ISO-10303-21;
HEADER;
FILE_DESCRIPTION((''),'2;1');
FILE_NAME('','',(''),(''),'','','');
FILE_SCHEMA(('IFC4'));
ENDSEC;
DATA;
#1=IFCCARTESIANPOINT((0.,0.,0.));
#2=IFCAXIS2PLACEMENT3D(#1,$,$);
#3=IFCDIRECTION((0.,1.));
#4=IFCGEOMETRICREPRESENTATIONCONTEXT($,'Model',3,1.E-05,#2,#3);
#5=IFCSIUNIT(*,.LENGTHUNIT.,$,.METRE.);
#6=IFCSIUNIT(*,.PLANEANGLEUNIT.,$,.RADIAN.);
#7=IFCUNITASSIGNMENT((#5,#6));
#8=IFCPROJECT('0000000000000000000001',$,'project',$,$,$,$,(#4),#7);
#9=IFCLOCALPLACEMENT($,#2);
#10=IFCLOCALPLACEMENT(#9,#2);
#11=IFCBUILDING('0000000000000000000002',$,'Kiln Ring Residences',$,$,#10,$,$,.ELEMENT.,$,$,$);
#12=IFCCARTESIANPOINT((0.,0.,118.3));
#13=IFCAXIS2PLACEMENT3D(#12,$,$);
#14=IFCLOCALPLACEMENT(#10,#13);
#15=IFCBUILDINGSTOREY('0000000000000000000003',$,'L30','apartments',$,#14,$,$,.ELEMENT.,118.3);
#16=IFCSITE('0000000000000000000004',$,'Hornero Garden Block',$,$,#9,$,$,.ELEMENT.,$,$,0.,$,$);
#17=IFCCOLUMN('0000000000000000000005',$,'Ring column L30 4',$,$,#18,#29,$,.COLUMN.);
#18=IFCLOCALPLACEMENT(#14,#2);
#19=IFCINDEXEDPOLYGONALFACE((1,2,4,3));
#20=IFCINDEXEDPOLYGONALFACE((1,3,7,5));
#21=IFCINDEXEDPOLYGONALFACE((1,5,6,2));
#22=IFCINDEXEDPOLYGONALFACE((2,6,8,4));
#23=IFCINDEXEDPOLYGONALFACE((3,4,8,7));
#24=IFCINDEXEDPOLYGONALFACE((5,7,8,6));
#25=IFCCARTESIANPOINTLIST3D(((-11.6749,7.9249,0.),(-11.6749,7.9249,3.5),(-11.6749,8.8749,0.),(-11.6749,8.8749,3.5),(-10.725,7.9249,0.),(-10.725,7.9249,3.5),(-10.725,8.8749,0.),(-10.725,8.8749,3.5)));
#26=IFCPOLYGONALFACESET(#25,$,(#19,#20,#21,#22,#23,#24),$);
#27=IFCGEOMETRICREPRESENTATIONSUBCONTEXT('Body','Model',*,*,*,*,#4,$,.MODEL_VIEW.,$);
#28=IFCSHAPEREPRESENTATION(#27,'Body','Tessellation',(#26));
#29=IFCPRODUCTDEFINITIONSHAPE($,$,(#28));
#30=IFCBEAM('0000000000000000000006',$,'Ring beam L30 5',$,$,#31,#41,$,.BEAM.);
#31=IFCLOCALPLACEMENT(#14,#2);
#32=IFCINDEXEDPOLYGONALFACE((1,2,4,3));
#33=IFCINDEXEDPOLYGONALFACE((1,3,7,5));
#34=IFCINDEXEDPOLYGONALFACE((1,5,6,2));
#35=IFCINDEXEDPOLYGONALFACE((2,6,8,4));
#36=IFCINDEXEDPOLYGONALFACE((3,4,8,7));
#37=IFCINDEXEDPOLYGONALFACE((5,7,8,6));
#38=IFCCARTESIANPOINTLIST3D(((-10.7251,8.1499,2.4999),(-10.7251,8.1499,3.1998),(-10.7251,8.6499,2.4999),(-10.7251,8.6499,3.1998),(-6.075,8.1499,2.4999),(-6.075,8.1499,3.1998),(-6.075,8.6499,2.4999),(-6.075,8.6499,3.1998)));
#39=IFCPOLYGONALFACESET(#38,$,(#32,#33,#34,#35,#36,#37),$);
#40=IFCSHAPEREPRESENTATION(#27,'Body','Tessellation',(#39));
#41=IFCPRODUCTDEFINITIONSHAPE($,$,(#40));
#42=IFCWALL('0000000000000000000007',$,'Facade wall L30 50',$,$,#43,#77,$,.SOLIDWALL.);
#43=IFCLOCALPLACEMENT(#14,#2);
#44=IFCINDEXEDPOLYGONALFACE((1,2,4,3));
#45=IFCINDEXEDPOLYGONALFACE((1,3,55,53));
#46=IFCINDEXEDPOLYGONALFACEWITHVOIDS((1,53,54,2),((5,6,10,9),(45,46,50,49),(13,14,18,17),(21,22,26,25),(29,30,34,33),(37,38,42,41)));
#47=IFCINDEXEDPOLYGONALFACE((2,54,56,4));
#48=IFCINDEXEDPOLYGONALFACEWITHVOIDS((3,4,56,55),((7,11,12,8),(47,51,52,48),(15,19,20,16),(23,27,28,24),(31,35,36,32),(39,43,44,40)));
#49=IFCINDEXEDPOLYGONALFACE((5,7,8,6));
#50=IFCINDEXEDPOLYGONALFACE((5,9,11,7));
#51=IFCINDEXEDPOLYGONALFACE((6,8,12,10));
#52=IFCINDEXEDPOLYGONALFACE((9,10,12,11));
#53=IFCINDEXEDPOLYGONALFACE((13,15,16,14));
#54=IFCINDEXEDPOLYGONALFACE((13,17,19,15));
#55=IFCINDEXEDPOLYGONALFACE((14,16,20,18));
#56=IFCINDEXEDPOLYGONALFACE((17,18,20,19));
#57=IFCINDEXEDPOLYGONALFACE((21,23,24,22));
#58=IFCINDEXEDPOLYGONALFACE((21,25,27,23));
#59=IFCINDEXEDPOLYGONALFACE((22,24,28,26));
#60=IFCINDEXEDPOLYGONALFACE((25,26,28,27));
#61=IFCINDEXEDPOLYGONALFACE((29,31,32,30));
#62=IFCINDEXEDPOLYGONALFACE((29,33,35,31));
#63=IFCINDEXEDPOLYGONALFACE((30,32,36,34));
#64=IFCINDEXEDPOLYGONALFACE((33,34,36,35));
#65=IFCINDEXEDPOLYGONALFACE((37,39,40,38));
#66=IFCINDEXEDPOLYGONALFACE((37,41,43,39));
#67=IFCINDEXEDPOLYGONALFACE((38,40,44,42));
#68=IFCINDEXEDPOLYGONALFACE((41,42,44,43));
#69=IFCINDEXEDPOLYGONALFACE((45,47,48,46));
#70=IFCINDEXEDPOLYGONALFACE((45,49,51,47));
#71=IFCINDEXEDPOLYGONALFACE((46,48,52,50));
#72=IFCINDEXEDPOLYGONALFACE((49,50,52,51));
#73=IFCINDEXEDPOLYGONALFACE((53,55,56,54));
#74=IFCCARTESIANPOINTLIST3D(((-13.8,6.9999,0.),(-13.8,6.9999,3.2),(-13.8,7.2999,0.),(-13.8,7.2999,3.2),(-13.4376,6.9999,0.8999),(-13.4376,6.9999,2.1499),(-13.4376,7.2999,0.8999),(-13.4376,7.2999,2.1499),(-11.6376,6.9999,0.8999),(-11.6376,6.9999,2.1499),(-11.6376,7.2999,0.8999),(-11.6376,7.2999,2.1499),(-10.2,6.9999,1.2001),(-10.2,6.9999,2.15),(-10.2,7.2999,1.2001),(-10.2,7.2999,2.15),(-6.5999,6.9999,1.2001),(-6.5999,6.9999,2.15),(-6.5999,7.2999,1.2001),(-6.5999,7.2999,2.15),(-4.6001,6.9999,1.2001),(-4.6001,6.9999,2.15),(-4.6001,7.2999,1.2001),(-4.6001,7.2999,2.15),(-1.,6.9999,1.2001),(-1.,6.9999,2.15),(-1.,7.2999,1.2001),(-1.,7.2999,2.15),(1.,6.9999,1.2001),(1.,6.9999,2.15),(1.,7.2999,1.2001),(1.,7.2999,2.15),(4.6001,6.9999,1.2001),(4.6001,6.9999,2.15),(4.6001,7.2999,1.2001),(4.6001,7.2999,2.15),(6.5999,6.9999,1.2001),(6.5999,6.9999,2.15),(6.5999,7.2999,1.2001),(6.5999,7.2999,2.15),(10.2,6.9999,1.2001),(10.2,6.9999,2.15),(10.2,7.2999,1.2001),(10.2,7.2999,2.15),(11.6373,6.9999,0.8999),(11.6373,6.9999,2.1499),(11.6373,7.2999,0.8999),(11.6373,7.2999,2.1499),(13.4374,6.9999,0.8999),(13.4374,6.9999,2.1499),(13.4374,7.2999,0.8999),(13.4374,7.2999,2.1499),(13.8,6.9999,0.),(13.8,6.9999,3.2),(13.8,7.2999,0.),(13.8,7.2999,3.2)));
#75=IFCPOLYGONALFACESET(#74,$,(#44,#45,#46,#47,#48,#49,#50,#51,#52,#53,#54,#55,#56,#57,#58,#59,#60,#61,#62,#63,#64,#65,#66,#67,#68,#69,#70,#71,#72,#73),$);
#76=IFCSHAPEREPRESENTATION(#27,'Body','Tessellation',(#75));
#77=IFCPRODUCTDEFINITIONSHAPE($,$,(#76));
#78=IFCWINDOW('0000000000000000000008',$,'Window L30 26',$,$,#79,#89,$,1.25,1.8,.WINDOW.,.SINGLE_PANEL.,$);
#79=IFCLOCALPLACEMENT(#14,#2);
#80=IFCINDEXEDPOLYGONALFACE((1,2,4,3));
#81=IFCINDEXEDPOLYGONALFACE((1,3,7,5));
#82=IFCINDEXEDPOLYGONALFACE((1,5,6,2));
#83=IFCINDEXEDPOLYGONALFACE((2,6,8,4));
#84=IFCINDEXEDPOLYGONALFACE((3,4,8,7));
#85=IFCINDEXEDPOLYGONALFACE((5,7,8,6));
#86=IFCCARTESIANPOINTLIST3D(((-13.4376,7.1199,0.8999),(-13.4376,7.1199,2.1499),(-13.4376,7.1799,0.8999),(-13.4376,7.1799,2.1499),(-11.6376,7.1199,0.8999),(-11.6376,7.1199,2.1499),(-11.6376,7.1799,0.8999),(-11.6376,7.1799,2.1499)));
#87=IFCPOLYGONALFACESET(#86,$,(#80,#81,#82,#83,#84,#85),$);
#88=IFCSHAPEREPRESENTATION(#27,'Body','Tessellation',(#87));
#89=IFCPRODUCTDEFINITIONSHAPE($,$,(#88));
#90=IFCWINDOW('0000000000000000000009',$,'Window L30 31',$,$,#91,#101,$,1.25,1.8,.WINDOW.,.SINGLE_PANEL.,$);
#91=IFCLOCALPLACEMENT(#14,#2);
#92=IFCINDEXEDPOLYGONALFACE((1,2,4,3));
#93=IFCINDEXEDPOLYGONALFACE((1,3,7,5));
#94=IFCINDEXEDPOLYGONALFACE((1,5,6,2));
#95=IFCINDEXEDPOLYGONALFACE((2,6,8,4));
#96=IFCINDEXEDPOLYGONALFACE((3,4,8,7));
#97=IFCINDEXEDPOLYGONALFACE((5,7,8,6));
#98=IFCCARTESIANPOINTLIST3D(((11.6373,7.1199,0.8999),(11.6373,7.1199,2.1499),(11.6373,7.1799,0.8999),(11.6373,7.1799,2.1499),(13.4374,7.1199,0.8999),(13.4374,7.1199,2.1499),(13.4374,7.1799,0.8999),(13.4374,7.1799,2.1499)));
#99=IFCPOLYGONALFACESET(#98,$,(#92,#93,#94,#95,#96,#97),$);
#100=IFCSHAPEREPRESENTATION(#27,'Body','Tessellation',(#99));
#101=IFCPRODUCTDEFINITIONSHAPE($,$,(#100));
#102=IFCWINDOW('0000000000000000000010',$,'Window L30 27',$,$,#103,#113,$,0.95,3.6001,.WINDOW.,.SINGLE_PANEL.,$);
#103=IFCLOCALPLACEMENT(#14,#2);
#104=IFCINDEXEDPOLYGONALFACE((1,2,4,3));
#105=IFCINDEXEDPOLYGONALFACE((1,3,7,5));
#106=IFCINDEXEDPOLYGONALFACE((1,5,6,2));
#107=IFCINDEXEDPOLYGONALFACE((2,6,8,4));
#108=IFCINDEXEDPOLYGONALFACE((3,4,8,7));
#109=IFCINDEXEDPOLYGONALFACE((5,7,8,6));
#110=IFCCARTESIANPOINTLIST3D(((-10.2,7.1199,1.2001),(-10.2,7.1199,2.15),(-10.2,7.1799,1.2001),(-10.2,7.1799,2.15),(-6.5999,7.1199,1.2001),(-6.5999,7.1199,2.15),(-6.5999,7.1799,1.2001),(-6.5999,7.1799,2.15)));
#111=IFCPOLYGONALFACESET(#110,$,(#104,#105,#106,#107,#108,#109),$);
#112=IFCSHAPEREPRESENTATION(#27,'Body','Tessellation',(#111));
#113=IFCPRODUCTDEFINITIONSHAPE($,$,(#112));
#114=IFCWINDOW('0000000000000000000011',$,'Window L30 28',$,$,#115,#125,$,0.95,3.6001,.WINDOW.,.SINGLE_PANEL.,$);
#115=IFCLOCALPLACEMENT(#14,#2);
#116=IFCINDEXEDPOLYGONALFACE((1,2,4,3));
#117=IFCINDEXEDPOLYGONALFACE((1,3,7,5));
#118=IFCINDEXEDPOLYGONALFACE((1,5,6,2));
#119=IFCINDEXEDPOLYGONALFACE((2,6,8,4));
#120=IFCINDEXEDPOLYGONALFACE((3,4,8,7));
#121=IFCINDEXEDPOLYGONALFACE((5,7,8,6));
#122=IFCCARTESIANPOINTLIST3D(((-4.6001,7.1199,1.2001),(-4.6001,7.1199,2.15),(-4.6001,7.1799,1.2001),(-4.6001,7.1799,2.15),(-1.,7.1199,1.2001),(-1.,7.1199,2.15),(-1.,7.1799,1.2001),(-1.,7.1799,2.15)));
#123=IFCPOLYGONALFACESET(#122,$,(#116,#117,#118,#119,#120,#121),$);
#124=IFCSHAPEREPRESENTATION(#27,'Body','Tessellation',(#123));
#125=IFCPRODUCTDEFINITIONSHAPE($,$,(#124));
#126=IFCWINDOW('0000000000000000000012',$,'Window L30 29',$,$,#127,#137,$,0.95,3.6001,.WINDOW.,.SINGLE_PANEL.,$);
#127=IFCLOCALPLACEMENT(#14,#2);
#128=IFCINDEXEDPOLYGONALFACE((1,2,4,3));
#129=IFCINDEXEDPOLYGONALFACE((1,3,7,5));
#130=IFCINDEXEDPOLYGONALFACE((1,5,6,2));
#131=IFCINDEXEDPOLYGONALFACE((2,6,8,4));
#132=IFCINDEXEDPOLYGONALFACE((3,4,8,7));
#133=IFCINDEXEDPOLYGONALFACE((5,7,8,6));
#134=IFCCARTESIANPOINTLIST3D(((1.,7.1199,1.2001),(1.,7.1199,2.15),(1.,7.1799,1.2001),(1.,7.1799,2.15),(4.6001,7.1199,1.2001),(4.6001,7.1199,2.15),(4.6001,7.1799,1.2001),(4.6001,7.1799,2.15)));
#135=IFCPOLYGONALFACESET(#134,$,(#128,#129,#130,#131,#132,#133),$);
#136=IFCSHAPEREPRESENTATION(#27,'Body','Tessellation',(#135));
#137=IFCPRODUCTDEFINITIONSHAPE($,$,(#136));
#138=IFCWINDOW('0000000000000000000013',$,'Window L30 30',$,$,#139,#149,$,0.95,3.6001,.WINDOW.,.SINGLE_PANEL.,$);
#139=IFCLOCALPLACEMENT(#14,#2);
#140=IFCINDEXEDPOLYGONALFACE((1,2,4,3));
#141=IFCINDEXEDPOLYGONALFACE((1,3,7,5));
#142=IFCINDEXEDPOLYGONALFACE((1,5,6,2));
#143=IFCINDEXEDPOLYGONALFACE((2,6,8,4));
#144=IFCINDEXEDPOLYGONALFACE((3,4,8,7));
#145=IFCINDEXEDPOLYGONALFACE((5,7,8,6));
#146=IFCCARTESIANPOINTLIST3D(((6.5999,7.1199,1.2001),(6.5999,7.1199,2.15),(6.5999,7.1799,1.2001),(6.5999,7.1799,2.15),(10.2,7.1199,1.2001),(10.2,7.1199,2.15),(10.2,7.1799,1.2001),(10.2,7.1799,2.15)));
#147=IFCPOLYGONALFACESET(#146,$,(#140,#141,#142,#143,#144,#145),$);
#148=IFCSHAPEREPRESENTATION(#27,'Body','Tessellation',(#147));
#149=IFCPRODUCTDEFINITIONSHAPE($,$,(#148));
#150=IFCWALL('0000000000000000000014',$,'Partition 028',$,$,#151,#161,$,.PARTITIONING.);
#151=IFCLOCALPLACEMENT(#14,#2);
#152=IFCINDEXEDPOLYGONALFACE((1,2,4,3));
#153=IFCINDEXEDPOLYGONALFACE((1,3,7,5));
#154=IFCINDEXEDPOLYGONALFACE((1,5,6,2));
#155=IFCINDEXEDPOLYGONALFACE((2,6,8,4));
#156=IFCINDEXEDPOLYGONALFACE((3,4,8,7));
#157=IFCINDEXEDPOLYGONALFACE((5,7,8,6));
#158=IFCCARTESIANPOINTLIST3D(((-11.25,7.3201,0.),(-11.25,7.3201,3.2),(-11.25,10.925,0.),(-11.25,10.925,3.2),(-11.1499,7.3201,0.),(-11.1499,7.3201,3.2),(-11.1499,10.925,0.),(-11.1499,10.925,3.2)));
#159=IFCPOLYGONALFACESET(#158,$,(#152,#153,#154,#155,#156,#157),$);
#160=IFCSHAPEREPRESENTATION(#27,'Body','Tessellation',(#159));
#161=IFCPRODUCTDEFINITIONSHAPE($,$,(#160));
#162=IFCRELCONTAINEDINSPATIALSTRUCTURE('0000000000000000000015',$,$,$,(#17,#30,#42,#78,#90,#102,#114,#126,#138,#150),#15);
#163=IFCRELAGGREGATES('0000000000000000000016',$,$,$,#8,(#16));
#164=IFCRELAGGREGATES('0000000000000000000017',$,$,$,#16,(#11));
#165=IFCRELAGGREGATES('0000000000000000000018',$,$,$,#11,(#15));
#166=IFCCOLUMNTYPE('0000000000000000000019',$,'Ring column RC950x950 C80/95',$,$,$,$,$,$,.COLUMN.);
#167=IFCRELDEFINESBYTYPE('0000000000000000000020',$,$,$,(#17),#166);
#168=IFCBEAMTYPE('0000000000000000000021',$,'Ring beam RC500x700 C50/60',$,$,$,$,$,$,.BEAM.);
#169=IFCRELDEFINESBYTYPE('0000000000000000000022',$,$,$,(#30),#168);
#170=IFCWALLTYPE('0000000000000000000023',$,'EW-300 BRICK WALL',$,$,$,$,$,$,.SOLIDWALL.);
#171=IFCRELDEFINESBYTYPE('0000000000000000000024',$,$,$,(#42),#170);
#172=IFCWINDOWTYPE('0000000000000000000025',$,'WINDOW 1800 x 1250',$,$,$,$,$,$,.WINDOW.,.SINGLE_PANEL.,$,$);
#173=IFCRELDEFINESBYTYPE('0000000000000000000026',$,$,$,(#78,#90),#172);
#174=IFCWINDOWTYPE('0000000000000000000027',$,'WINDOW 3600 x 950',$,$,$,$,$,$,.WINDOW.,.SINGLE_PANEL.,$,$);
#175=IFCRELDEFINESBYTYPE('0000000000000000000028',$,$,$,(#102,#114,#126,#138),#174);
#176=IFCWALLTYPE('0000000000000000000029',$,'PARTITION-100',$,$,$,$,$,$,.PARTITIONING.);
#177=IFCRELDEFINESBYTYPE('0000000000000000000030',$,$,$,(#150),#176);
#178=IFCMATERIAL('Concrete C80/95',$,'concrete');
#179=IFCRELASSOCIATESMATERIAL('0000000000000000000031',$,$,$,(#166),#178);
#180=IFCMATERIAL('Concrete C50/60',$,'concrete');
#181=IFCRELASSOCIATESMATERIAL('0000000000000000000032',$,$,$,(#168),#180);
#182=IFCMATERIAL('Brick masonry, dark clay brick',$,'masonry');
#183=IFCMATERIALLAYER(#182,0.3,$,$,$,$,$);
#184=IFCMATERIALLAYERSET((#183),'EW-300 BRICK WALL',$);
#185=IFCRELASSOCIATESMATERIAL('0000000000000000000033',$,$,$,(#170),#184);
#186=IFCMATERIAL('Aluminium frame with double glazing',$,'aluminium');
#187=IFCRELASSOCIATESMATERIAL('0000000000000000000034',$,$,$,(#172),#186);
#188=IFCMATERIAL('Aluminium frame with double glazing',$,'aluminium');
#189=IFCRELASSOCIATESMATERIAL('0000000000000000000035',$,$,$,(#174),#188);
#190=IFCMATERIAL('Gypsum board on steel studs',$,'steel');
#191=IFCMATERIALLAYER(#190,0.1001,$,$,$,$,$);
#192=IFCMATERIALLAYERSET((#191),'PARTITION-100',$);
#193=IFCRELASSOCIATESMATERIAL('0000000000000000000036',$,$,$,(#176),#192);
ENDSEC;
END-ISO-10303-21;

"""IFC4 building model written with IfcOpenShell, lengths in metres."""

from ifc_helpers import new_model, si_unit, direction, frame, frame_2d, origin, origin_2d, place, context, subcontext, project, spatial, rectangle, extrude, material, layer, layer_set, material_profile, profile_set, type_object, element, fill, save


model = new_model("IFC4")

# Units and contexts
model_context = context("Model", 3, precision=1e-05, world=origin(), true_north=direction((0.0, 1.0)))
body_context = subcontext(model_context, "Body", "Model", "MODEL_VIEW")
ifc_project = project(units=[si_unit("LENGTHUNIT", "METRE"), si_unit("PLANEANGLEUNIT", "RADIAN")], contexts=[model_context])

# Site, building, storey
site_placement = place(None, origin())
site = spatial("IfcSite", under=ifc_project, at=site_placement, Name="Hornero Garden Block", CompositionType="ELEMENT", RefElevation=0.0)
building_placement = place(site_placement, origin())
building = spatial("IfcBuilding", under=site, at=building_placement, Name="Kiln Ring Residences", CompositionType="ELEMENT")
storey_placement = place(building_placement, frame((0.0, 0.0, 118.3)))
storey = spatial("IfcBuildingStorey", under=building, at=storey_placement, Name="L30", Description="apartments", CompositionType="ELEMENT", Elevation=118.3)

# Column
ifc_material_1 = material(Name="Concrete C80/95", Category="concrete")
ifc_material_profile_1 = material_profile(ifc_material_1, rectangle(XDim=0.95, YDim=0.95, at=origin_2d()), Name="RC950x950")
ifc_profile_set_1 = profile_set([ifc_material_profile_1], Name="Concrete C80/95")
column_type = type_object("IfcColumnType", Name="Ring column RC950x950 C80/95", PredefinedType="COLUMN", material=ifc_profile_set_1)
column_placement = place(storey_placement, frame((-11.2, 8.3999, 0.0), z_axis=(0.0, 0.0, 1.0), x_axis=(1.0, 0.0, 0.0)))
element("IfcColumn", 1, at=column_placement, inside=storey, type_object=column_type, Name="Ring column L30 4", PredefinedType="COLUMN", context=body_context, shape_type="SweptSolid", body=[
    extrude(rectangle(XDim=0.95, YDim=0.95, at=origin_2d()), origin(), (0.0, 0.0, 1.0), 3.5),
])

# Beam
ifc_material_2 = material(Name="Concrete C50/60", Category="concrete")
ifc_material_profile_2 = material_profile(ifc_material_2, rectangle(XDim=0.5, YDim=0.7, at=origin_2d()), Name="RC500x700")
ifc_profile_set_2 = profile_set([ifc_material_profile_2], Name="Concrete C50/60")
beam_type = type_object("IfcBeamType", Name="Ring beam RC500x700 C50/60", PredefinedType="BEAM", material=ifc_profile_set_2)
beam_placement = place(storey_placement, frame((-10.7251, 8.3999, 2.8499), z_axis=(1.0, 0.0, 0.0), x_axis=(0.0, 1.0, 0.0)))
element("IfcBeam", 2, at=beam_placement, inside=storey, type_object=beam_type, Name="Ring beam L30 5", PredefinedType="BEAM", context=body_context, shape_type="SweptSolid", body=[
    extrude(rectangle(XDim=0.5, YDim=0.7, at=origin_2d()), origin(), (0.0, 0.0, 1.0), 4.6501),
])

# Wall, openings, windows
ifc_material_3 = material(Name="Brick masonry, dark clay brick", Category="masonry")
ifc_layer_1 = layer(ifc_material_3, 0.3)
ifc_layer_set_1 = layer_set([ifc_layer_1], Name="EW-300 BRICK WALL")
wall_type_1 = type_object("IfcWallType", Name="EW-300 BRICK WALL", PredefinedType="SOLIDWALL", material=ifc_layer_set_1)
wall_1_placement = place(storey_placement, frame((-13.8, 7.1499, 0.0), z_axis=(0.0, 0.0, 1.0), x_axis=(1.0, 0.0, 0.0)))
wall_1 = element("IfcWall", 3, at=wall_1_placement, inside=storey, type_object=wall_type_1, Name="Facade wall L30 50", PredefinedType="SOLIDWALL", context=body_context, shape_type="SweptSolid", body=[
    extrude(rectangle(XDim=27.6001, YDim=0.3, at=frame_2d((13.8, 0.0))), origin(), (0.0, 0.0, 1.0), 3.2),
])
opening_1_placement = place(wall_1_placement, frame((0.3625, 0.0, 0.8999)))
opening_1 = element("IfcOpeningElement", 4, at=opening_1_placement, cuts=wall_1, PredefinedType="OPENING", context=body_context, shape_type="SweptSolid", body=[
    extrude(rectangle(XDim=1.8, YDim=1.25, at=frame_2d((0.8999, 0.625))), frame((0.0, 0.1599, 0.0), z_axis=(0.0, -1.0, 0.0), x_axis=(1.0, 0.0, 0.0)), (0.0, 0.0, 1.0), 0.3201),
])
opening_2_placement = place(wall_1_placement, frame((3.6001, 0.0, 1.2)))
opening_2 = element("IfcOpeningElement", 5, at=opening_2_placement, cuts=wall_1, PredefinedType="OPENING", context=body_context, shape_type="SweptSolid", body=[
    extrude(rectangle(XDim=3.6001, YDim=0.95, at=frame_2d((1.8, 0.4751))), frame((0.0, 0.1599, 0.0), z_axis=(0.0, -1.0, 0.0), x_axis=(1.0, 0.0, 0.0)), (0.0, 0.0, 1.0), 0.3201),
])
opening_3_placement = place(wall_1_placement, frame((9.2, 0.0, 1.2)))
opening_3 = element("IfcOpeningElement", 6, at=opening_3_placement, cuts=wall_1, PredefinedType="OPENING", context=body_context, shape_type="SweptSolid", body=[
    extrude(rectangle(XDim=3.6001, YDim=0.95, at=frame_2d((1.8, 0.4751))), frame((0.0, 0.1599, 0.0), z_axis=(0.0, -1.0, 0.0), x_axis=(1.0, 0.0, 0.0)), (0.0, 0.0, 1.0), 0.3201),
])
opening_4_placement = place(wall_1_placement, frame((14.8, 0.0, 1.2)))
opening_4 = element("IfcOpeningElement", 7, at=opening_4_placement, cuts=wall_1, PredefinedType="OPENING", context=body_context, shape_type="SweptSolid", body=[
    extrude(rectangle(XDim=3.6001, YDim=0.95, at=frame_2d((1.8, 0.4751))), frame((0.0, 0.1599, 0.0), z_axis=(0.0, -1.0, 0.0), x_axis=(1.0, 0.0, 0.0)), (0.0, 0.0, 1.0), 0.3201),
])
opening_5_placement = place(wall_1_placement, frame((20.3999, 0.0, 1.2)))
opening_5 = element("IfcOpeningElement", 8, at=opening_5_placement, cuts=wall_1, PredefinedType="OPENING", context=body_context, shape_type="SweptSolid", body=[
    extrude(rectangle(XDim=3.6001, YDim=0.95, at=frame_2d((1.8, 0.4751))), frame((0.0, 0.1599, 0.0), z_axis=(0.0, -1.0, 0.0), x_axis=(1.0, 0.0, 0.0)), (0.0, 0.0, 1.0), 0.3201),
])
opening_6_placement = place(wall_1_placement, frame((25.4375, 0.0, 0.8999)))
opening_6 = element("IfcOpeningElement", 9, at=opening_6_placement, cuts=wall_1, PredefinedType="OPENING", context=body_context, shape_type="SweptSolid", body=[
    extrude(rectangle(XDim=1.8, YDim=1.25, at=frame_2d((0.8999, 0.625))), frame((0.0, 0.1599, 0.0), z_axis=(0.0, -1.0, 0.0), x_axis=(1.0, 0.0, 0.0)), (0.0, 0.0, 1.0), 0.3201),
])
ifc_material_4 = material(Name="Aluminium frame with double glazing", Category="aluminium")
window_type_1 = type_object("IfcWindowType", Name="WINDOW 1800 x 1250", PartitioningType="SINGLE_PANEL", PredefinedType="WINDOW", material=ifc_material_4)
window_1_placement = place(opening_1_placement, origin())
window_1 = element("IfcWindow", 10, at=window_1_placement, inside=storey, type_object=window_type_1, Name="Window L30 26", OverallHeight=1.25, OverallWidth=1.8, PartitioningType="SINGLE_PANEL", PredefinedType="WINDOW", context=body_context, shape_type="SweptSolid", body=[
    extrude(rectangle(XDim=1.8, YDim=1.25, at=frame_2d((0.8999, 0.625))), frame((0.0, 0.03, 0.0), z_axis=(0.0, -1.0, 0.0), x_axis=(1.0, 0.0, 0.0)), (0.0, 0.0, 1.0), 0.0601),
])
fill(opening_1, window_1)
window_2_placement = place(opening_6_placement, origin())
window_2 = element("IfcWindow", 11, at=window_2_placement, inside=storey, type_object=window_type_1, Name="Window L30 31", OverallHeight=1.25, OverallWidth=1.8, PartitioningType="SINGLE_PANEL", PredefinedType="WINDOW", context=body_context, shape_type="SweptSolid", body=[
    extrude(rectangle(XDim=1.8, YDim=1.25, at=frame_2d((0.8999, 0.625))), frame((0.0, 0.03, 0.0), z_axis=(0.0, -1.0, 0.0), x_axis=(1.0, 0.0, 0.0)), (0.0, 0.0, 1.0), 0.0601),
])
fill(opening_6, window_2)
ifc_material_5 = material(Name="Aluminium frame with double glazing", Category="aluminium")
window_type_2 = type_object("IfcWindowType", Name="WINDOW 3600 x 950", PartitioningType="SINGLE_PANEL", PredefinedType="WINDOW", material=ifc_material_5)
window_3_placement = place(opening_2_placement, origin())
window_3 = element("IfcWindow", 12, at=window_3_placement, inside=storey, type_object=window_type_2, Name="Window L30 27", OverallHeight=0.95, OverallWidth=3.6001, PartitioningType="SINGLE_PANEL", PredefinedType="WINDOW", context=body_context, shape_type="SweptSolid", body=[
    extrude(rectangle(XDim=3.6001, YDim=0.95, at=frame_2d((1.8, 0.4751))), frame((0.0, 0.03, 0.0), z_axis=(0.0, -1.0, 0.0), x_axis=(1.0, 0.0, 0.0)), (0.0, 0.0, 1.0), 0.0601),
])
fill(opening_2, window_3)
window_4_placement = place(opening_3_placement, origin())
window_4 = element("IfcWindow", 13, at=window_4_placement, inside=storey, type_object=window_type_2, Name="Window L30 28", OverallHeight=0.95, OverallWidth=3.6001, PartitioningType="SINGLE_PANEL", PredefinedType="WINDOW", context=body_context, shape_type="SweptSolid", body=[
    extrude(rectangle(XDim=3.6001, YDim=0.95, at=frame_2d((1.8, 0.4751))), frame((0.0, 0.03, 0.0), z_axis=(0.0, -1.0, 0.0), x_axis=(1.0, 0.0, 0.0)), (0.0, 0.0, 1.0), 0.0601),
])
fill(opening_3, window_4)
window_5_placement = place(opening_4_placement, origin())
window_5 = element("IfcWindow", 14, at=window_5_placement, inside=storey, type_object=window_type_2, Name="Window L30 29", OverallHeight=0.95, OverallWidth=3.6001, PartitioningType="SINGLE_PANEL", PredefinedType="WINDOW", context=body_context, shape_type="SweptSolid", body=[
    extrude(rectangle(XDim=3.6001, YDim=0.95, at=frame_2d((1.8, 0.4751))), frame((0.0, 0.03, 0.0), z_axis=(0.0, -1.0, 0.0), x_axis=(1.0, 0.0, 0.0)), (0.0, 0.0, 1.0), 0.0601),
])
fill(opening_4, window_5)
window_6_placement = place(opening_5_placement, origin())
window_6 = element("IfcWindow", 15, at=window_6_placement, inside=storey, type_object=window_type_2, Name="Window L30 30", OverallHeight=0.95, OverallWidth=3.6001, PartitioningType="SINGLE_PANEL", PredefinedType="WINDOW", context=body_context, shape_type="SweptSolid", body=[
    extrude(rectangle(XDim=3.6001, YDim=0.95, at=frame_2d((1.8, 0.4751))), frame((0.0, 0.03, 0.0), z_axis=(0.0, -1.0, 0.0), x_axis=(1.0, 0.0, 0.0)), (0.0, 0.0, 1.0), 0.0601),
])
fill(opening_5, window_6)

# Wall
ifc_material_6 = material(Name="Gypsum board on steel studs", Category="steel")
ifc_layer_2 = layer(ifc_material_6, 0.1001)
ifc_layer_set_2 = layer_set([ifc_layer_2], Name="PARTITION-100")
wall_type_2 = type_object("IfcWallType", Name="PARTITION-100", PredefinedType="PARTITIONING", material=ifc_layer_set_2)
wall_2_placement = place(storey_placement, frame((-11.2, 7.3201, 0.0), z_axis=(0.0, 0.0, 1.0), x_axis=(0.0, 1.0, 0.0)))
element("IfcWall", 16, at=wall_2_placement, inside=storey, type_object=wall_type_2, Name="Partition 028", PredefinedType="PARTITIONING", context=body_context, shape_type="SweptSolid", body=[
    extrude(rectangle(XDim=3.605, YDim=0.1001, at=frame_2d((1.8025, 0.0))), origin(), (0.0, 0.0, 1.0), 3.2),
])

save(model, "model.ifc")
